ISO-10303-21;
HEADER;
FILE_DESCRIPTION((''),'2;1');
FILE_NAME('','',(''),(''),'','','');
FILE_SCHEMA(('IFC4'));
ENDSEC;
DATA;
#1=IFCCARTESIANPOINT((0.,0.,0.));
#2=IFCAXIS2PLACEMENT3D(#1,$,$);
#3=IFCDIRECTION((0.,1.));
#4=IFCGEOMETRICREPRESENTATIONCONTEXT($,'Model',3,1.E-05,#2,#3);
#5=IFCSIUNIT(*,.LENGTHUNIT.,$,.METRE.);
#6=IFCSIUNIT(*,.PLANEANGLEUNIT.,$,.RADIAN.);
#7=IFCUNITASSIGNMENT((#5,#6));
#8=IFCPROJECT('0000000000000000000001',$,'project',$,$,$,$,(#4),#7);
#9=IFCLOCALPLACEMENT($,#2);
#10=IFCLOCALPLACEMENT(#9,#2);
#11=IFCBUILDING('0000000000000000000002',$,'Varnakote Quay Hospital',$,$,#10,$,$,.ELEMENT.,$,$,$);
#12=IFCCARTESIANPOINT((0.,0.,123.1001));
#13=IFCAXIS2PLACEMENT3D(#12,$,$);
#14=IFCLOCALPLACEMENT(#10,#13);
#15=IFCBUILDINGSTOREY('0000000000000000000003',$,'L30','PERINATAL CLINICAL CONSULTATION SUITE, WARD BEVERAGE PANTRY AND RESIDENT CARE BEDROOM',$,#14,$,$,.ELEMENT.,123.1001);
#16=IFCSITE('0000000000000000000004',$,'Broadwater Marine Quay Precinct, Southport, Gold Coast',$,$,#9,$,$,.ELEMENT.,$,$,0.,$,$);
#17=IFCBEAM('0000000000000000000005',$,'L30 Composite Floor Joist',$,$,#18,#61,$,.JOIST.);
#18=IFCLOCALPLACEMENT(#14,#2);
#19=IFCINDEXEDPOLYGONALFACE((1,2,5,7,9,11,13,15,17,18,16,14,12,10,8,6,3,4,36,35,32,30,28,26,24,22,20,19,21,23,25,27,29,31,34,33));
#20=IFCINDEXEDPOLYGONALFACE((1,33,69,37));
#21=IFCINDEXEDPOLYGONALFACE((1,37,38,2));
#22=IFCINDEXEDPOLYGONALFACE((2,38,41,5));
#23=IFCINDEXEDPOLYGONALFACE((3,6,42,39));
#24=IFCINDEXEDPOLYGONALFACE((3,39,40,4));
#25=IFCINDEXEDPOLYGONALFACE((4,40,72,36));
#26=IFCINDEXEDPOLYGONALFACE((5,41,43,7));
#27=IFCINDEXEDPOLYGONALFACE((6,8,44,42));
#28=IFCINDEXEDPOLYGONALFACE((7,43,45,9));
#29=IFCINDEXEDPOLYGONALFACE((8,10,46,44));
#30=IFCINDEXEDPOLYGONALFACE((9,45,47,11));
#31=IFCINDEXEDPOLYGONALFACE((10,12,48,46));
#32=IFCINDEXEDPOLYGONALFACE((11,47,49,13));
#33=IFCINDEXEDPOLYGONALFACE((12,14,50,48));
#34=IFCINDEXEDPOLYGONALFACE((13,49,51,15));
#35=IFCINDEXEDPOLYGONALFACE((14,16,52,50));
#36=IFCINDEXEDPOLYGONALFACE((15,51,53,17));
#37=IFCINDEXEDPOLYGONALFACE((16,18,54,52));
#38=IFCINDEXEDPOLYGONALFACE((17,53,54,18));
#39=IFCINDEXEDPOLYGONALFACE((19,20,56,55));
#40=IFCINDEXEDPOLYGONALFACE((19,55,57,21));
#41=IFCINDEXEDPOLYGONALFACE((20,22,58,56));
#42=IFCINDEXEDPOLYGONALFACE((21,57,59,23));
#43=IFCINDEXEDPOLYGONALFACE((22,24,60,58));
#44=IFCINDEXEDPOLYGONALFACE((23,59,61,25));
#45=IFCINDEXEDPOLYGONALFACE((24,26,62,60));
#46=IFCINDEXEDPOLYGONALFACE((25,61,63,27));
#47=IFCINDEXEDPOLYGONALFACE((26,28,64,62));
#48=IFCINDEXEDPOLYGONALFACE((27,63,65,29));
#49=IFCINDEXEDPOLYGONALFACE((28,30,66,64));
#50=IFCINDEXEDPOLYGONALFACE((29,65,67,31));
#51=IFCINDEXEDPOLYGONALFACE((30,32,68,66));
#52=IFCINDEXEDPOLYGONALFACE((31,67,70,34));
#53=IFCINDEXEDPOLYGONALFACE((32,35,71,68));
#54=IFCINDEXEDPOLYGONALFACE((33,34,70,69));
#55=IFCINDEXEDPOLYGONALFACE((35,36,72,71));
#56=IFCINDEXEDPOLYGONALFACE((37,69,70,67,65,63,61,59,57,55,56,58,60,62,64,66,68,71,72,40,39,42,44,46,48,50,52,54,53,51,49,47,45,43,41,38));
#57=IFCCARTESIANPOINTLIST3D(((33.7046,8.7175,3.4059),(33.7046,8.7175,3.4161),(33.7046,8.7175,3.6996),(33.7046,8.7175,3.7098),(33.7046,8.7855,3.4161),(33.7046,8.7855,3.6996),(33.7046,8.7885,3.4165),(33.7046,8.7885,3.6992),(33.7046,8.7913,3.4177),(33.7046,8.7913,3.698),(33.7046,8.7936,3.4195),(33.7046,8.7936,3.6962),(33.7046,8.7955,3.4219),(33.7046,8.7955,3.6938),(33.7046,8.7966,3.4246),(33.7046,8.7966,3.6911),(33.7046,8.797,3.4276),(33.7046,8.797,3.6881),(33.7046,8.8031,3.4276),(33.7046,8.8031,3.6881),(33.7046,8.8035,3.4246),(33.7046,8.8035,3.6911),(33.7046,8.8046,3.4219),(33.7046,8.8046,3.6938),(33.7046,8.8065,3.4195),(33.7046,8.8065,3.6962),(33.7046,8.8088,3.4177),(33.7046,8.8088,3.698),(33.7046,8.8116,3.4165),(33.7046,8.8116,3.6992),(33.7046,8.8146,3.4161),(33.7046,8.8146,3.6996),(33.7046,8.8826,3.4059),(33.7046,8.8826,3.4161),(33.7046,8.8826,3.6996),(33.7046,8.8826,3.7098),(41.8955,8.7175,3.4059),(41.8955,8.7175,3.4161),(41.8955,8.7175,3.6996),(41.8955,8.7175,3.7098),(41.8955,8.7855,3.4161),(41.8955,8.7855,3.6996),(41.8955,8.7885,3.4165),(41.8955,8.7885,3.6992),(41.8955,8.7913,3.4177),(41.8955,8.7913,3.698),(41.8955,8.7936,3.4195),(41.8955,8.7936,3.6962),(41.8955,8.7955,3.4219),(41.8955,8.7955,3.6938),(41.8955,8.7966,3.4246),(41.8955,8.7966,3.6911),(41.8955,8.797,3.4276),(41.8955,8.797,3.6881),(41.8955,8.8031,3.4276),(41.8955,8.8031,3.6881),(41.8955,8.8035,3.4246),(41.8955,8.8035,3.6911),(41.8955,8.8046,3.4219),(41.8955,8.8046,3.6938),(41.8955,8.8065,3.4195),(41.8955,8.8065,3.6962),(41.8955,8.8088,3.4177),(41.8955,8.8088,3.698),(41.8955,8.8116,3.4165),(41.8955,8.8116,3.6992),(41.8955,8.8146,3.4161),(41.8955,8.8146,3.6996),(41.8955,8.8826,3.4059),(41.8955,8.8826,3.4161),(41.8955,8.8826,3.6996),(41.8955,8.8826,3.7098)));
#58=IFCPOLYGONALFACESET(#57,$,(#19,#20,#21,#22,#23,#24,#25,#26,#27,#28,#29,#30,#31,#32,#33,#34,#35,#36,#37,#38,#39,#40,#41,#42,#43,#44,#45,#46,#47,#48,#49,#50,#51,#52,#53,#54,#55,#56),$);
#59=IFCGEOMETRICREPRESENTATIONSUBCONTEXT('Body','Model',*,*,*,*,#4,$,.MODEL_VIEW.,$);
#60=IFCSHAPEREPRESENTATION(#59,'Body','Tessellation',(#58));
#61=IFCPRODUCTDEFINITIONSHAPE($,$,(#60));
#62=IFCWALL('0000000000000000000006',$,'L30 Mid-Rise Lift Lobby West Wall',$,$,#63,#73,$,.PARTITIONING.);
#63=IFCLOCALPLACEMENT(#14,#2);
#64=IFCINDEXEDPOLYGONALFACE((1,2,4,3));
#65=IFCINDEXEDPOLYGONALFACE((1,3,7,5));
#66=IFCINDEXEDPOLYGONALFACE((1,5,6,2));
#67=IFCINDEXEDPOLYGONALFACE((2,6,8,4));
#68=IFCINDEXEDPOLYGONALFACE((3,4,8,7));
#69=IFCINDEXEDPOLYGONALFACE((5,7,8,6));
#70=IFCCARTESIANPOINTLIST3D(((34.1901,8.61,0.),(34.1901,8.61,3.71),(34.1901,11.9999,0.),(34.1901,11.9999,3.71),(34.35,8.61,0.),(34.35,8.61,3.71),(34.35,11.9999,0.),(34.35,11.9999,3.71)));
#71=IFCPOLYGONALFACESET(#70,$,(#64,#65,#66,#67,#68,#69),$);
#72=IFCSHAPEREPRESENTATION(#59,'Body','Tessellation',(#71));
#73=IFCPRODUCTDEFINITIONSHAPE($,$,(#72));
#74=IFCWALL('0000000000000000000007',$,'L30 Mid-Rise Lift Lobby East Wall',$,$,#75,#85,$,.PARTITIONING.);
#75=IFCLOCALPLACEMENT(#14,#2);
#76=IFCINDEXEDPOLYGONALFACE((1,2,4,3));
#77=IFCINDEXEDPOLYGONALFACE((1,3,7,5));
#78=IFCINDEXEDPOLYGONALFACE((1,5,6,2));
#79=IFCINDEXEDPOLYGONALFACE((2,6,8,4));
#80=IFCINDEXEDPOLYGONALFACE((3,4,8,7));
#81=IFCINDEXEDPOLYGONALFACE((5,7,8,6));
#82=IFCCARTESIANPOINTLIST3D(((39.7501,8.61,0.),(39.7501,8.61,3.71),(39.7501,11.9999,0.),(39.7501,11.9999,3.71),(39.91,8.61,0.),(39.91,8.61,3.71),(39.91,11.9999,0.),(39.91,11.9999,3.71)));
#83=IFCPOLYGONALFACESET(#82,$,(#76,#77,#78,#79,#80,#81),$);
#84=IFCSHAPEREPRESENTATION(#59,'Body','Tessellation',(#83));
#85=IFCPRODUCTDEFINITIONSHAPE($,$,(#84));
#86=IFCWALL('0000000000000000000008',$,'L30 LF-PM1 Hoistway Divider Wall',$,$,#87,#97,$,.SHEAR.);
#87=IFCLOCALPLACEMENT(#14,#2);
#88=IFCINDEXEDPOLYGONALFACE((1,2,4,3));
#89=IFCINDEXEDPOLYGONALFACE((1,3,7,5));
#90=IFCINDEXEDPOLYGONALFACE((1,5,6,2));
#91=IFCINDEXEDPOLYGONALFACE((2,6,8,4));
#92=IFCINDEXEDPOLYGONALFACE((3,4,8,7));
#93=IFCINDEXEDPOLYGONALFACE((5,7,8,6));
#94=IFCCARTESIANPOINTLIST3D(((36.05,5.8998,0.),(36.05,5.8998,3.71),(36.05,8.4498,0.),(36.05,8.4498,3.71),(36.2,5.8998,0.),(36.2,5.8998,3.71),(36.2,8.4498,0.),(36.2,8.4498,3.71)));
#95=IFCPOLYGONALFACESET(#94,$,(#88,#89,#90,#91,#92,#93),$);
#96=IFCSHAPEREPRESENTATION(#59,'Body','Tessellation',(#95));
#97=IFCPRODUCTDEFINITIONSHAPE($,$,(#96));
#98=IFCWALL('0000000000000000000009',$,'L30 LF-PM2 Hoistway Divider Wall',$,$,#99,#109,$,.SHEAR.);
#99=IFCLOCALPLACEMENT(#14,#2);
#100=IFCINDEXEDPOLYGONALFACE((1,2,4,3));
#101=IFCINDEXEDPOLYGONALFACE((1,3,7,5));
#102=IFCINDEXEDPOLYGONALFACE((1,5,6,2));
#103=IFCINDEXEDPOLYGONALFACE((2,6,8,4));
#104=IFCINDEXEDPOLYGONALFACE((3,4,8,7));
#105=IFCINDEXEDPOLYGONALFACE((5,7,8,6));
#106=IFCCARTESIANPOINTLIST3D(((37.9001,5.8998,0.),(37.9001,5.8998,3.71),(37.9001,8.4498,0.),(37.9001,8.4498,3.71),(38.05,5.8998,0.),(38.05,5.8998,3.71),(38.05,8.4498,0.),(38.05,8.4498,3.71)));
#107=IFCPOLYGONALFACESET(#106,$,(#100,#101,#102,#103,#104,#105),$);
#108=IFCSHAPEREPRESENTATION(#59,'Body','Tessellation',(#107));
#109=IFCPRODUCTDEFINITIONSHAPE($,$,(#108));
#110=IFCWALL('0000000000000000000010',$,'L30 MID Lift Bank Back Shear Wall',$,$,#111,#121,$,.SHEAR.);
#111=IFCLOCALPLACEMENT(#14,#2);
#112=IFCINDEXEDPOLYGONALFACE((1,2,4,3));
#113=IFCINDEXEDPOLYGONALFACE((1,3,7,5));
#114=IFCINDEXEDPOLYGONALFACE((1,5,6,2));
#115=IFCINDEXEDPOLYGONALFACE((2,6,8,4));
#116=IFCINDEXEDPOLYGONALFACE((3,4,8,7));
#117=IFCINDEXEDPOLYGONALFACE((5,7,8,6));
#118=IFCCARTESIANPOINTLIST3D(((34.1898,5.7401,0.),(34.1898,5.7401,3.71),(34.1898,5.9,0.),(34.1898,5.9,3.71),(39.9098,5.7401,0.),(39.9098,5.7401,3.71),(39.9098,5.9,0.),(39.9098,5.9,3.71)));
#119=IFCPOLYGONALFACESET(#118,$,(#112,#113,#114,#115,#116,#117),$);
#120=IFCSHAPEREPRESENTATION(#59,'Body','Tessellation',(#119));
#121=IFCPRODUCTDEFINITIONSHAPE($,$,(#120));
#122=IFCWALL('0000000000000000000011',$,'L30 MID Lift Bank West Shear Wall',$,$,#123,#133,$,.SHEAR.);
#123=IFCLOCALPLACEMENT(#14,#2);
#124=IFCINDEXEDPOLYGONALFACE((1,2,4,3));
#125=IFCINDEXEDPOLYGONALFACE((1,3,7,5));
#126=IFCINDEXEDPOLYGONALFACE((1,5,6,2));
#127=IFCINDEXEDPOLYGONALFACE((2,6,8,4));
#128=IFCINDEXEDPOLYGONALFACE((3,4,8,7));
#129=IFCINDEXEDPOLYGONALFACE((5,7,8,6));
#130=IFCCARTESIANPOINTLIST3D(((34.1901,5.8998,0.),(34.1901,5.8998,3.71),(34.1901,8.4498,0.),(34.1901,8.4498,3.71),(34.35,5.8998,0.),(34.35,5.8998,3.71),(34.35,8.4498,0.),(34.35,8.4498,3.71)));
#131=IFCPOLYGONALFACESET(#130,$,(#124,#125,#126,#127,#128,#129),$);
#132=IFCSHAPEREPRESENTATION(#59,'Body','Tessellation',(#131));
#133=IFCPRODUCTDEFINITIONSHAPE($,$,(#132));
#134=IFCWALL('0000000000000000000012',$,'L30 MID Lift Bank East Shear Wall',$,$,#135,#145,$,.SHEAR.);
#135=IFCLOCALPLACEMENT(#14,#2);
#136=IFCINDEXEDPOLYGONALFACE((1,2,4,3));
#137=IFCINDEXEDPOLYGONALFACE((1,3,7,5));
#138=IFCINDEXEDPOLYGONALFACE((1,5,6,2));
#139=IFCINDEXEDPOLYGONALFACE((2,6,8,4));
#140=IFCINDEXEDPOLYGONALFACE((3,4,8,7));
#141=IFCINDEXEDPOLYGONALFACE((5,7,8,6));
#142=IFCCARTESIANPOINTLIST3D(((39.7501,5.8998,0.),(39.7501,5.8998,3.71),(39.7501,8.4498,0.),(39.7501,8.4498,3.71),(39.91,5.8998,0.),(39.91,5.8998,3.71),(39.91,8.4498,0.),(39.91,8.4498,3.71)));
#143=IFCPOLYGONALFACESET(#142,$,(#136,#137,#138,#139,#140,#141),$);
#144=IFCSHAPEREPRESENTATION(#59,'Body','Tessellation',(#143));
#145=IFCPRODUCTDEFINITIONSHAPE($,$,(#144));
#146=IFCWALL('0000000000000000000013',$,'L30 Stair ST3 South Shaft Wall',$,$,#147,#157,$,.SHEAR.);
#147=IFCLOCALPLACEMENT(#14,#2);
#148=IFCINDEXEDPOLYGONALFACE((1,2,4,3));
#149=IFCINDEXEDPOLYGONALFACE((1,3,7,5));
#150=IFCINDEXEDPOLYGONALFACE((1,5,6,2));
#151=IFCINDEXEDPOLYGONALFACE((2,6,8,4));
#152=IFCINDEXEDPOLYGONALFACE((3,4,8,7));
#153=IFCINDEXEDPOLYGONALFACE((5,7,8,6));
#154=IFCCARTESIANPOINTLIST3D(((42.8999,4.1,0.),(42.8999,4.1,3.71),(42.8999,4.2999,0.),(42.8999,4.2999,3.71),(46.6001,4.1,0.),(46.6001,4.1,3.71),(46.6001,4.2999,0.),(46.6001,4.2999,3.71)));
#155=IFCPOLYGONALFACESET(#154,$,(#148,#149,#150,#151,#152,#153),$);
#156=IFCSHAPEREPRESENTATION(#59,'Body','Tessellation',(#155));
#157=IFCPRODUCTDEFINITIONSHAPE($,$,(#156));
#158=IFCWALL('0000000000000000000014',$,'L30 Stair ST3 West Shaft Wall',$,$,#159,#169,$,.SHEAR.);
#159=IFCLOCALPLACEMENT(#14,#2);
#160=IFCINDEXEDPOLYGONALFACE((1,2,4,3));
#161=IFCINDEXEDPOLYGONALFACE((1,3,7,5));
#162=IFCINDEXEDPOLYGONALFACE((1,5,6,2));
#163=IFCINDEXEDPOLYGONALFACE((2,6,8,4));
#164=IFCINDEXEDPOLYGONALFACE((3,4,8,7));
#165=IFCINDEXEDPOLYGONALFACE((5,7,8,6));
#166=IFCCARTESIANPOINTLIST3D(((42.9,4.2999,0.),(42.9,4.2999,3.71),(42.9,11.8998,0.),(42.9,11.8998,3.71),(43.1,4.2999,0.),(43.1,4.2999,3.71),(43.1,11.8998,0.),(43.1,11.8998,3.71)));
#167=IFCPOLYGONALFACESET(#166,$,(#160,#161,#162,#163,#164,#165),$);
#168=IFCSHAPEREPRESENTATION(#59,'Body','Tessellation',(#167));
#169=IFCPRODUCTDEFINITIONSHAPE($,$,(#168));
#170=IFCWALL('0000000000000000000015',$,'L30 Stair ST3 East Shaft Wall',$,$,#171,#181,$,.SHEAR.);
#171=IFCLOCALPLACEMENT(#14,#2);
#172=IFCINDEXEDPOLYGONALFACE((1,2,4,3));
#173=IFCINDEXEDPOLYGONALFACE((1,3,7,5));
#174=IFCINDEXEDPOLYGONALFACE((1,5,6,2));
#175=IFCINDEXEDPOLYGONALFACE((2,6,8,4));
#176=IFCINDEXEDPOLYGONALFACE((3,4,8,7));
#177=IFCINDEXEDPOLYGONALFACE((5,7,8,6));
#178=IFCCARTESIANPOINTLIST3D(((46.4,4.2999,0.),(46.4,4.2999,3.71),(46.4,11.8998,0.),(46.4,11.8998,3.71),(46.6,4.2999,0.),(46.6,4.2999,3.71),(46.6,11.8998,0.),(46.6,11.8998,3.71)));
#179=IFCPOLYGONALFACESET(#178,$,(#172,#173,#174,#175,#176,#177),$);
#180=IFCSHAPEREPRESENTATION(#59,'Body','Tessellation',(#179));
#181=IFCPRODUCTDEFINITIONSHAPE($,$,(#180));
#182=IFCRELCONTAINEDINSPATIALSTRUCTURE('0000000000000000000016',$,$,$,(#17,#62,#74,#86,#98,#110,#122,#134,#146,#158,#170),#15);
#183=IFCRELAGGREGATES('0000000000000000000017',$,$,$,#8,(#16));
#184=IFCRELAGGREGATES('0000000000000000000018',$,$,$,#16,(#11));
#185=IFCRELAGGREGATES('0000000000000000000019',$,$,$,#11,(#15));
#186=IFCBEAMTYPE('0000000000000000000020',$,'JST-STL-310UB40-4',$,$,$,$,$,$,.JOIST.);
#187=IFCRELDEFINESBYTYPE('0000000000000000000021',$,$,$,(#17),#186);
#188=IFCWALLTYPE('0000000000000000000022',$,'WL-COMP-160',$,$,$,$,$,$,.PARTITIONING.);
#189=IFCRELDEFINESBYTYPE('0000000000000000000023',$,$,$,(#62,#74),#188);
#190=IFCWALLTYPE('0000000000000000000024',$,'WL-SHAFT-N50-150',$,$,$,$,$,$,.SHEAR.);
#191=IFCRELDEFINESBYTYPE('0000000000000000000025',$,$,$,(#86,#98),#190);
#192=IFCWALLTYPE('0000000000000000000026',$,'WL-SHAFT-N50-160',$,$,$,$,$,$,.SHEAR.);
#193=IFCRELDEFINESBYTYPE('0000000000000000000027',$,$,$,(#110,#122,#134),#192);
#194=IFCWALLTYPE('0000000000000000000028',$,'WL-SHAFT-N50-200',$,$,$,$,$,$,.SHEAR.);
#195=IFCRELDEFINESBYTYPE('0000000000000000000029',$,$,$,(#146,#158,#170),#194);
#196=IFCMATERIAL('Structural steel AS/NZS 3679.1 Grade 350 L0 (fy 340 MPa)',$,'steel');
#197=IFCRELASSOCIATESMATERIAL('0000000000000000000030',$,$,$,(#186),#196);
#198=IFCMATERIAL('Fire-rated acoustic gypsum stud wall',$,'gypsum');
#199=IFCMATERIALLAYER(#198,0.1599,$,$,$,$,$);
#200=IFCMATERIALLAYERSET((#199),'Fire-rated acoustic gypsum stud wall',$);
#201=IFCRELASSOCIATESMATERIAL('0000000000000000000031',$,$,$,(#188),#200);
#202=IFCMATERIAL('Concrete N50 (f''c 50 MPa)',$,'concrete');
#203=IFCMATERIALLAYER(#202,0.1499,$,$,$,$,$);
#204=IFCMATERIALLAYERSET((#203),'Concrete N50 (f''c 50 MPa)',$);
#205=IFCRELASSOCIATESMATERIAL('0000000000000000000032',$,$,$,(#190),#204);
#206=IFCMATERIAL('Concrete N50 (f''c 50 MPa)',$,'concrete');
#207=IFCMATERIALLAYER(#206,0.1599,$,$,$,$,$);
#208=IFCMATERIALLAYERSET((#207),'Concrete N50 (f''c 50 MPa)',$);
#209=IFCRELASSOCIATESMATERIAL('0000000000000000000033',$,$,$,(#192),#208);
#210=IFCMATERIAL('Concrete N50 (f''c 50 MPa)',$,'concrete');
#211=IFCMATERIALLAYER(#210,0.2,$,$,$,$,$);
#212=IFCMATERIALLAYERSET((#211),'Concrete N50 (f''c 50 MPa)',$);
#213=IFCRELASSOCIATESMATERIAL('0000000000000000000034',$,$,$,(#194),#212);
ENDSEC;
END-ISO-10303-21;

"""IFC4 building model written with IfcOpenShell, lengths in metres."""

from ifc_helpers import new_model, si_unit, direction, frame, frame_2d, origin, origin_2d, place, context, subcontext, project, spatial, rectangle, i_section, extrude, material, layer, layer_set, material_profile, profile_set, type_object, element, save


model = new_model("IFC4")

# Units and contexts
model_context = context("Model", 3, precision=1e-05, world=origin(), true_north=direction((0.0, 1.0)))
body_context = subcontext(model_context, "Body", "Model", "MODEL_VIEW")
ifc_project = project(units=[si_unit("LENGTHUNIT", "METRE"), si_unit("PLANEANGLEUNIT", "RADIAN")], contexts=[model_context])

# Site, building, storey
site_placement = place(None, origin())
site = spatial("IfcSite", under=ifc_project, at=site_placement, Name="Broadwater Marine Quay Precinct, Southport, Gold Coast", CompositionType="ELEMENT", RefElevation=0.0)
building_placement = place(site_placement, origin())
building = spatial("IfcBuilding", under=site, at=building_placement, Name="Varnakote Quay Hospital", CompositionType="ELEMENT")
storey_placement = place(building_placement, frame((0.0, 0.0, 123.1001)))
storey = spatial("IfcBuildingStorey", under=building, at=storey_placement, Name="L30", Description="PERINATAL CLINICAL CONSULTATION SUITE, WARD BEVERAGE PANTRY AND RESIDENT CARE BEDROOM", CompositionType="ELEMENT", Elevation=123.1001)

# Beam
ifc_material_1 = material(Name="Structural steel AS/NZS 3679.1 Grade 350 L0 (fy 340 MPa)", Category="steel")
ifc_material_profile_1 = material_profile(ifc_material_1, i_section(OverallWidth=0.165, OverallDepth=0.304, WebThickness=0.0061, FlangeThickness=0.0103, FilletRadius=0.0115, at=origin_2d()), Name="310UB40.4")
ifc_profile_set_1 = profile_set([ifc_material_profile_1], Name="Structural steel AS/NZS 3679.1 Grade 350 L0 (fy 340 MPa)")
beam_type_1 = type_object("IfcBeamType", Name="JST-STL-310UB40-4", PredefinedType="JOIST", material=ifc_profile_set_1)
beam_placement = place(storey_placement, frame((33.7046, 8.8, 3.5579), z_axis=(1.0, 0.0, 0.0), x_axis=(0.0, 1.0, 0.0)))
element("IfcBeam", 1, at=beam_placement, inside=storey, type_object=beam_type_1, Name="L30 Composite Floor Joist", PredefinedType="JOIST", context=body_context, shape_type="SweptSolid", body=[
    extrude(i_section(OverallWidth=0.165, OverallDepth=0.304, WebThickness=0.0061, FlangeThickness=0.0103, FilletRadius=0.0115, at=origin_2d()), origin(), (0.0, 0.0, 1.0), 8.1909),
])

# Walls
ifc_material_2 = material(Name="Fire-rated acoustic gypsum stud wall", Category="gypsum")
ifc_layer_1 = layer(ifc_material_2, 0.1599)
ifc_layer_set_1 = layer_set([ifc_layer_1], Name="Fire-rated acoustic gypsum stud wall")
wall_type_1 = type_object("IfcWallType", Name="WL-COMP-160", PredefinedType="PARTITIONING", material=ifc_layer_set_1)
for number, where, z_axis, x_axis, name in (
    (2, (34.27, 8.6101, 0.0), (0.0, 0.0, 1.0), (0.0, 1.0, 0.0), "L30 Mid-Rise Lift Lobby West Wall"),
    (3, (39.8301, 8.6101, 0.0), (0.0, 0.0, 1.0), (0.0, 1.0, 0.0), "L30 Mid-Rise Lift Lobby East Wall"),
):
    element("IfcWall", number, at=place(storey_placement, frame(where, z_axis=z_axis, x_axis=x_axis)), inside=storey, type_object=wall_type_1, Name=name, PredefinedType="PARTITIONING", context=body_context, shape_type="SweptSolid", body=[
        extrude(rectangle(XDim=3.3899, YDim=0.1599, at=frame_2d((1.6948, 0.0))), origin(), (0.0, 0.0, 1.0), 3.71),
    ])
ifc_material_3 = material(Name="Concrete N50 (f'c 50 MPa)", Category="concrete")
ifc_layer_2 = layer(ifc_material_3, 0.1499)
ifc_layer_set_2 = layer_set([ifc_layer_2], Name="Concrete N50 (f'c 50 MPa)")
wall_type_2 = type_object("IfcWallType", Name="WL-SHAFT-N50-150", PredefinedType="SHEAR", material=ifc_layer_set_2)
for number, where, z_axis, x_axis, name in (
    (4, (36.125, 5.8999, 0.0), (0.0, 0.0, 1.0), (0.0, 1.0, 0.0), "L30 LF-PM1 Hoistway Divider Wall"),
    (5, (37.9751, 5.8999, 0.0), (0.0, 0.0, 1.0), (0.0, 1.0, 0.0), "L30 LF-PM2 Hoistway Divider Wall"),
):
    element("IfcWall", number, at=place(storey_placement, frame(where, z_axis=z_axis, x_axis=x_axis)), inside=storey, type_object=wall_type_2, Name=name, PredefinedType="SHEAR", context=body_context, shape_type="SweptSolid", body=[
        extrude(rectangle(XDim=2.55, YDim=0.1499, at=frame_2d((1.2749, 0.0))), origin(), (0.0, 0.0, 1.0), 3.71),
    ])
ifc_material_4 = material(Name="Concrete N50 (f'c 50 MPa)", Category="concrete")
ifc_layer_3 = layer(ifc_material_4, 0.1599)
ifc_layer_set_3 = layer_set([ifc_layer_3], Name="Concrete N50 (f'c 50 MPa)")
wall_type_3 = type_object("IfcWallType", Name="WL-SHAFT-N50-160", PredefinedType="SHEAR", material=ifc_layer_set_3)
wall_1_placement = place(storey_placement, frame((34.1899, 5.8201, 0.0), z_axis=(0.0, 0.0, 1.0), x_axis=(1.0, 0.0, 0.0)))
element("IfcWall", 6, at=wall_1_placement, inside=storey, type_object=wall_type_3, Name="L30 MID Lift Bank Back Shear Wall", PredefinedType="SHEAR", context=body_context, shape_type="SweptSolid", body=[
    extrude(rectangle(XDim=5.72, YDim=0.1599, at=frame_2d((2.8599, 0.0))), origin(), (0.0, 0.0, 1.0), 3.71),
])
for number, where, z_axis, x_axis, name in (
    (7, (34.27, 5.8999, 0.0), (0.0, 0.0, 1.0), (0.0, 1.0, 0.0), "L30 MID Lift Bank West Shear Wall"),
    (8, (39.8301, 5.8999, 0.0), (0.0, 0.0, 1.0), (0.0, 1.0, 0.0), "L30 MID Lift Bank East Shear Wall"),
):
    element("IfcWall", number, at=place(storey_placement, frame(where, z_axis=z_axis, x_axis=x_axis)), inside=storey, type_object=wall_type_3, Name=name, PredefinedType="SHEAR", context=body_context, shape_type="SweptSolid", body=[
        extrude(rectangle(XDim=2.55, YDim=0.1599, at=frame_2d((1.2749, 0.0))), origin(), (0.0, 0.0, 1.0), 3.71),
    ])

# Walls
ifc_material_5 = material(Name="Concrete N50 (f'c 50 MPa)", Category="concrete")
ifc_layer_4 = layer(ifc_material_5, 0.2)
ifc_layer_set_4 = layer_set([ifc_layer_4], Name="Concrete N50 (f'c 50 MPa)")
wall_type_4 = type_object("IfcWallType", Name="WL-SHAFT-N50-200", PredefinedType="SHEAR", material=ifc_layer_set_4)
wall_2_placement = place(storey_placement, frame((42.8999, 4.2, 0.0), z_axis=(0.0, 0.0, 1.0), x_axis=(1.0, 0.0, 0.0)))
element("IfcWall", 9, at=wall_2_placement, inside=storey, type_object=wall_type_4, Name="L30 Stair ST3 South Shaft Wall", PredefinedType="SHEAR", context=body_context, shape_type="SweptSolid", body=[
    extrude(rectangle(XDim=3.7002, YDim=0.2, at=frame_2d((1.8501, 0.0))), origin(), (0.0, 0.0, 1.0), 3.71),
])
for number, where, z_axis, x_axis, name in (
    (10, (43.0, 4.3, 0.0), (0.0, 0.0, 1.0), (0.0, 1.0, 0.0), "L30 Stair ST3 West Shaft Wall"),
    (11, (46.5, 4.3, 0.0), (0.0, 0.0, 1.0), (0.0, 1.0, 0.0), "L30 Stair ST3 East Shaft Wall"),
):
    element("IfcWall", number, at=place(storey_placement, frame(where, z_axis=z_axis, x_axis=x_axis)), inside=storey, type_object=wall_type_4, Name=name, PredefinedType="SHEAR", context=body_context, shape_type="SweptSolid", body=[
        extrude(rectangle(XDim=7.5999, YDim=0.2, at=frame_2d((3.7998, 0.0))), origin(), (0.0, 0.0, 1.0), 3.71),
    ])

save(model, "model.ifc")
